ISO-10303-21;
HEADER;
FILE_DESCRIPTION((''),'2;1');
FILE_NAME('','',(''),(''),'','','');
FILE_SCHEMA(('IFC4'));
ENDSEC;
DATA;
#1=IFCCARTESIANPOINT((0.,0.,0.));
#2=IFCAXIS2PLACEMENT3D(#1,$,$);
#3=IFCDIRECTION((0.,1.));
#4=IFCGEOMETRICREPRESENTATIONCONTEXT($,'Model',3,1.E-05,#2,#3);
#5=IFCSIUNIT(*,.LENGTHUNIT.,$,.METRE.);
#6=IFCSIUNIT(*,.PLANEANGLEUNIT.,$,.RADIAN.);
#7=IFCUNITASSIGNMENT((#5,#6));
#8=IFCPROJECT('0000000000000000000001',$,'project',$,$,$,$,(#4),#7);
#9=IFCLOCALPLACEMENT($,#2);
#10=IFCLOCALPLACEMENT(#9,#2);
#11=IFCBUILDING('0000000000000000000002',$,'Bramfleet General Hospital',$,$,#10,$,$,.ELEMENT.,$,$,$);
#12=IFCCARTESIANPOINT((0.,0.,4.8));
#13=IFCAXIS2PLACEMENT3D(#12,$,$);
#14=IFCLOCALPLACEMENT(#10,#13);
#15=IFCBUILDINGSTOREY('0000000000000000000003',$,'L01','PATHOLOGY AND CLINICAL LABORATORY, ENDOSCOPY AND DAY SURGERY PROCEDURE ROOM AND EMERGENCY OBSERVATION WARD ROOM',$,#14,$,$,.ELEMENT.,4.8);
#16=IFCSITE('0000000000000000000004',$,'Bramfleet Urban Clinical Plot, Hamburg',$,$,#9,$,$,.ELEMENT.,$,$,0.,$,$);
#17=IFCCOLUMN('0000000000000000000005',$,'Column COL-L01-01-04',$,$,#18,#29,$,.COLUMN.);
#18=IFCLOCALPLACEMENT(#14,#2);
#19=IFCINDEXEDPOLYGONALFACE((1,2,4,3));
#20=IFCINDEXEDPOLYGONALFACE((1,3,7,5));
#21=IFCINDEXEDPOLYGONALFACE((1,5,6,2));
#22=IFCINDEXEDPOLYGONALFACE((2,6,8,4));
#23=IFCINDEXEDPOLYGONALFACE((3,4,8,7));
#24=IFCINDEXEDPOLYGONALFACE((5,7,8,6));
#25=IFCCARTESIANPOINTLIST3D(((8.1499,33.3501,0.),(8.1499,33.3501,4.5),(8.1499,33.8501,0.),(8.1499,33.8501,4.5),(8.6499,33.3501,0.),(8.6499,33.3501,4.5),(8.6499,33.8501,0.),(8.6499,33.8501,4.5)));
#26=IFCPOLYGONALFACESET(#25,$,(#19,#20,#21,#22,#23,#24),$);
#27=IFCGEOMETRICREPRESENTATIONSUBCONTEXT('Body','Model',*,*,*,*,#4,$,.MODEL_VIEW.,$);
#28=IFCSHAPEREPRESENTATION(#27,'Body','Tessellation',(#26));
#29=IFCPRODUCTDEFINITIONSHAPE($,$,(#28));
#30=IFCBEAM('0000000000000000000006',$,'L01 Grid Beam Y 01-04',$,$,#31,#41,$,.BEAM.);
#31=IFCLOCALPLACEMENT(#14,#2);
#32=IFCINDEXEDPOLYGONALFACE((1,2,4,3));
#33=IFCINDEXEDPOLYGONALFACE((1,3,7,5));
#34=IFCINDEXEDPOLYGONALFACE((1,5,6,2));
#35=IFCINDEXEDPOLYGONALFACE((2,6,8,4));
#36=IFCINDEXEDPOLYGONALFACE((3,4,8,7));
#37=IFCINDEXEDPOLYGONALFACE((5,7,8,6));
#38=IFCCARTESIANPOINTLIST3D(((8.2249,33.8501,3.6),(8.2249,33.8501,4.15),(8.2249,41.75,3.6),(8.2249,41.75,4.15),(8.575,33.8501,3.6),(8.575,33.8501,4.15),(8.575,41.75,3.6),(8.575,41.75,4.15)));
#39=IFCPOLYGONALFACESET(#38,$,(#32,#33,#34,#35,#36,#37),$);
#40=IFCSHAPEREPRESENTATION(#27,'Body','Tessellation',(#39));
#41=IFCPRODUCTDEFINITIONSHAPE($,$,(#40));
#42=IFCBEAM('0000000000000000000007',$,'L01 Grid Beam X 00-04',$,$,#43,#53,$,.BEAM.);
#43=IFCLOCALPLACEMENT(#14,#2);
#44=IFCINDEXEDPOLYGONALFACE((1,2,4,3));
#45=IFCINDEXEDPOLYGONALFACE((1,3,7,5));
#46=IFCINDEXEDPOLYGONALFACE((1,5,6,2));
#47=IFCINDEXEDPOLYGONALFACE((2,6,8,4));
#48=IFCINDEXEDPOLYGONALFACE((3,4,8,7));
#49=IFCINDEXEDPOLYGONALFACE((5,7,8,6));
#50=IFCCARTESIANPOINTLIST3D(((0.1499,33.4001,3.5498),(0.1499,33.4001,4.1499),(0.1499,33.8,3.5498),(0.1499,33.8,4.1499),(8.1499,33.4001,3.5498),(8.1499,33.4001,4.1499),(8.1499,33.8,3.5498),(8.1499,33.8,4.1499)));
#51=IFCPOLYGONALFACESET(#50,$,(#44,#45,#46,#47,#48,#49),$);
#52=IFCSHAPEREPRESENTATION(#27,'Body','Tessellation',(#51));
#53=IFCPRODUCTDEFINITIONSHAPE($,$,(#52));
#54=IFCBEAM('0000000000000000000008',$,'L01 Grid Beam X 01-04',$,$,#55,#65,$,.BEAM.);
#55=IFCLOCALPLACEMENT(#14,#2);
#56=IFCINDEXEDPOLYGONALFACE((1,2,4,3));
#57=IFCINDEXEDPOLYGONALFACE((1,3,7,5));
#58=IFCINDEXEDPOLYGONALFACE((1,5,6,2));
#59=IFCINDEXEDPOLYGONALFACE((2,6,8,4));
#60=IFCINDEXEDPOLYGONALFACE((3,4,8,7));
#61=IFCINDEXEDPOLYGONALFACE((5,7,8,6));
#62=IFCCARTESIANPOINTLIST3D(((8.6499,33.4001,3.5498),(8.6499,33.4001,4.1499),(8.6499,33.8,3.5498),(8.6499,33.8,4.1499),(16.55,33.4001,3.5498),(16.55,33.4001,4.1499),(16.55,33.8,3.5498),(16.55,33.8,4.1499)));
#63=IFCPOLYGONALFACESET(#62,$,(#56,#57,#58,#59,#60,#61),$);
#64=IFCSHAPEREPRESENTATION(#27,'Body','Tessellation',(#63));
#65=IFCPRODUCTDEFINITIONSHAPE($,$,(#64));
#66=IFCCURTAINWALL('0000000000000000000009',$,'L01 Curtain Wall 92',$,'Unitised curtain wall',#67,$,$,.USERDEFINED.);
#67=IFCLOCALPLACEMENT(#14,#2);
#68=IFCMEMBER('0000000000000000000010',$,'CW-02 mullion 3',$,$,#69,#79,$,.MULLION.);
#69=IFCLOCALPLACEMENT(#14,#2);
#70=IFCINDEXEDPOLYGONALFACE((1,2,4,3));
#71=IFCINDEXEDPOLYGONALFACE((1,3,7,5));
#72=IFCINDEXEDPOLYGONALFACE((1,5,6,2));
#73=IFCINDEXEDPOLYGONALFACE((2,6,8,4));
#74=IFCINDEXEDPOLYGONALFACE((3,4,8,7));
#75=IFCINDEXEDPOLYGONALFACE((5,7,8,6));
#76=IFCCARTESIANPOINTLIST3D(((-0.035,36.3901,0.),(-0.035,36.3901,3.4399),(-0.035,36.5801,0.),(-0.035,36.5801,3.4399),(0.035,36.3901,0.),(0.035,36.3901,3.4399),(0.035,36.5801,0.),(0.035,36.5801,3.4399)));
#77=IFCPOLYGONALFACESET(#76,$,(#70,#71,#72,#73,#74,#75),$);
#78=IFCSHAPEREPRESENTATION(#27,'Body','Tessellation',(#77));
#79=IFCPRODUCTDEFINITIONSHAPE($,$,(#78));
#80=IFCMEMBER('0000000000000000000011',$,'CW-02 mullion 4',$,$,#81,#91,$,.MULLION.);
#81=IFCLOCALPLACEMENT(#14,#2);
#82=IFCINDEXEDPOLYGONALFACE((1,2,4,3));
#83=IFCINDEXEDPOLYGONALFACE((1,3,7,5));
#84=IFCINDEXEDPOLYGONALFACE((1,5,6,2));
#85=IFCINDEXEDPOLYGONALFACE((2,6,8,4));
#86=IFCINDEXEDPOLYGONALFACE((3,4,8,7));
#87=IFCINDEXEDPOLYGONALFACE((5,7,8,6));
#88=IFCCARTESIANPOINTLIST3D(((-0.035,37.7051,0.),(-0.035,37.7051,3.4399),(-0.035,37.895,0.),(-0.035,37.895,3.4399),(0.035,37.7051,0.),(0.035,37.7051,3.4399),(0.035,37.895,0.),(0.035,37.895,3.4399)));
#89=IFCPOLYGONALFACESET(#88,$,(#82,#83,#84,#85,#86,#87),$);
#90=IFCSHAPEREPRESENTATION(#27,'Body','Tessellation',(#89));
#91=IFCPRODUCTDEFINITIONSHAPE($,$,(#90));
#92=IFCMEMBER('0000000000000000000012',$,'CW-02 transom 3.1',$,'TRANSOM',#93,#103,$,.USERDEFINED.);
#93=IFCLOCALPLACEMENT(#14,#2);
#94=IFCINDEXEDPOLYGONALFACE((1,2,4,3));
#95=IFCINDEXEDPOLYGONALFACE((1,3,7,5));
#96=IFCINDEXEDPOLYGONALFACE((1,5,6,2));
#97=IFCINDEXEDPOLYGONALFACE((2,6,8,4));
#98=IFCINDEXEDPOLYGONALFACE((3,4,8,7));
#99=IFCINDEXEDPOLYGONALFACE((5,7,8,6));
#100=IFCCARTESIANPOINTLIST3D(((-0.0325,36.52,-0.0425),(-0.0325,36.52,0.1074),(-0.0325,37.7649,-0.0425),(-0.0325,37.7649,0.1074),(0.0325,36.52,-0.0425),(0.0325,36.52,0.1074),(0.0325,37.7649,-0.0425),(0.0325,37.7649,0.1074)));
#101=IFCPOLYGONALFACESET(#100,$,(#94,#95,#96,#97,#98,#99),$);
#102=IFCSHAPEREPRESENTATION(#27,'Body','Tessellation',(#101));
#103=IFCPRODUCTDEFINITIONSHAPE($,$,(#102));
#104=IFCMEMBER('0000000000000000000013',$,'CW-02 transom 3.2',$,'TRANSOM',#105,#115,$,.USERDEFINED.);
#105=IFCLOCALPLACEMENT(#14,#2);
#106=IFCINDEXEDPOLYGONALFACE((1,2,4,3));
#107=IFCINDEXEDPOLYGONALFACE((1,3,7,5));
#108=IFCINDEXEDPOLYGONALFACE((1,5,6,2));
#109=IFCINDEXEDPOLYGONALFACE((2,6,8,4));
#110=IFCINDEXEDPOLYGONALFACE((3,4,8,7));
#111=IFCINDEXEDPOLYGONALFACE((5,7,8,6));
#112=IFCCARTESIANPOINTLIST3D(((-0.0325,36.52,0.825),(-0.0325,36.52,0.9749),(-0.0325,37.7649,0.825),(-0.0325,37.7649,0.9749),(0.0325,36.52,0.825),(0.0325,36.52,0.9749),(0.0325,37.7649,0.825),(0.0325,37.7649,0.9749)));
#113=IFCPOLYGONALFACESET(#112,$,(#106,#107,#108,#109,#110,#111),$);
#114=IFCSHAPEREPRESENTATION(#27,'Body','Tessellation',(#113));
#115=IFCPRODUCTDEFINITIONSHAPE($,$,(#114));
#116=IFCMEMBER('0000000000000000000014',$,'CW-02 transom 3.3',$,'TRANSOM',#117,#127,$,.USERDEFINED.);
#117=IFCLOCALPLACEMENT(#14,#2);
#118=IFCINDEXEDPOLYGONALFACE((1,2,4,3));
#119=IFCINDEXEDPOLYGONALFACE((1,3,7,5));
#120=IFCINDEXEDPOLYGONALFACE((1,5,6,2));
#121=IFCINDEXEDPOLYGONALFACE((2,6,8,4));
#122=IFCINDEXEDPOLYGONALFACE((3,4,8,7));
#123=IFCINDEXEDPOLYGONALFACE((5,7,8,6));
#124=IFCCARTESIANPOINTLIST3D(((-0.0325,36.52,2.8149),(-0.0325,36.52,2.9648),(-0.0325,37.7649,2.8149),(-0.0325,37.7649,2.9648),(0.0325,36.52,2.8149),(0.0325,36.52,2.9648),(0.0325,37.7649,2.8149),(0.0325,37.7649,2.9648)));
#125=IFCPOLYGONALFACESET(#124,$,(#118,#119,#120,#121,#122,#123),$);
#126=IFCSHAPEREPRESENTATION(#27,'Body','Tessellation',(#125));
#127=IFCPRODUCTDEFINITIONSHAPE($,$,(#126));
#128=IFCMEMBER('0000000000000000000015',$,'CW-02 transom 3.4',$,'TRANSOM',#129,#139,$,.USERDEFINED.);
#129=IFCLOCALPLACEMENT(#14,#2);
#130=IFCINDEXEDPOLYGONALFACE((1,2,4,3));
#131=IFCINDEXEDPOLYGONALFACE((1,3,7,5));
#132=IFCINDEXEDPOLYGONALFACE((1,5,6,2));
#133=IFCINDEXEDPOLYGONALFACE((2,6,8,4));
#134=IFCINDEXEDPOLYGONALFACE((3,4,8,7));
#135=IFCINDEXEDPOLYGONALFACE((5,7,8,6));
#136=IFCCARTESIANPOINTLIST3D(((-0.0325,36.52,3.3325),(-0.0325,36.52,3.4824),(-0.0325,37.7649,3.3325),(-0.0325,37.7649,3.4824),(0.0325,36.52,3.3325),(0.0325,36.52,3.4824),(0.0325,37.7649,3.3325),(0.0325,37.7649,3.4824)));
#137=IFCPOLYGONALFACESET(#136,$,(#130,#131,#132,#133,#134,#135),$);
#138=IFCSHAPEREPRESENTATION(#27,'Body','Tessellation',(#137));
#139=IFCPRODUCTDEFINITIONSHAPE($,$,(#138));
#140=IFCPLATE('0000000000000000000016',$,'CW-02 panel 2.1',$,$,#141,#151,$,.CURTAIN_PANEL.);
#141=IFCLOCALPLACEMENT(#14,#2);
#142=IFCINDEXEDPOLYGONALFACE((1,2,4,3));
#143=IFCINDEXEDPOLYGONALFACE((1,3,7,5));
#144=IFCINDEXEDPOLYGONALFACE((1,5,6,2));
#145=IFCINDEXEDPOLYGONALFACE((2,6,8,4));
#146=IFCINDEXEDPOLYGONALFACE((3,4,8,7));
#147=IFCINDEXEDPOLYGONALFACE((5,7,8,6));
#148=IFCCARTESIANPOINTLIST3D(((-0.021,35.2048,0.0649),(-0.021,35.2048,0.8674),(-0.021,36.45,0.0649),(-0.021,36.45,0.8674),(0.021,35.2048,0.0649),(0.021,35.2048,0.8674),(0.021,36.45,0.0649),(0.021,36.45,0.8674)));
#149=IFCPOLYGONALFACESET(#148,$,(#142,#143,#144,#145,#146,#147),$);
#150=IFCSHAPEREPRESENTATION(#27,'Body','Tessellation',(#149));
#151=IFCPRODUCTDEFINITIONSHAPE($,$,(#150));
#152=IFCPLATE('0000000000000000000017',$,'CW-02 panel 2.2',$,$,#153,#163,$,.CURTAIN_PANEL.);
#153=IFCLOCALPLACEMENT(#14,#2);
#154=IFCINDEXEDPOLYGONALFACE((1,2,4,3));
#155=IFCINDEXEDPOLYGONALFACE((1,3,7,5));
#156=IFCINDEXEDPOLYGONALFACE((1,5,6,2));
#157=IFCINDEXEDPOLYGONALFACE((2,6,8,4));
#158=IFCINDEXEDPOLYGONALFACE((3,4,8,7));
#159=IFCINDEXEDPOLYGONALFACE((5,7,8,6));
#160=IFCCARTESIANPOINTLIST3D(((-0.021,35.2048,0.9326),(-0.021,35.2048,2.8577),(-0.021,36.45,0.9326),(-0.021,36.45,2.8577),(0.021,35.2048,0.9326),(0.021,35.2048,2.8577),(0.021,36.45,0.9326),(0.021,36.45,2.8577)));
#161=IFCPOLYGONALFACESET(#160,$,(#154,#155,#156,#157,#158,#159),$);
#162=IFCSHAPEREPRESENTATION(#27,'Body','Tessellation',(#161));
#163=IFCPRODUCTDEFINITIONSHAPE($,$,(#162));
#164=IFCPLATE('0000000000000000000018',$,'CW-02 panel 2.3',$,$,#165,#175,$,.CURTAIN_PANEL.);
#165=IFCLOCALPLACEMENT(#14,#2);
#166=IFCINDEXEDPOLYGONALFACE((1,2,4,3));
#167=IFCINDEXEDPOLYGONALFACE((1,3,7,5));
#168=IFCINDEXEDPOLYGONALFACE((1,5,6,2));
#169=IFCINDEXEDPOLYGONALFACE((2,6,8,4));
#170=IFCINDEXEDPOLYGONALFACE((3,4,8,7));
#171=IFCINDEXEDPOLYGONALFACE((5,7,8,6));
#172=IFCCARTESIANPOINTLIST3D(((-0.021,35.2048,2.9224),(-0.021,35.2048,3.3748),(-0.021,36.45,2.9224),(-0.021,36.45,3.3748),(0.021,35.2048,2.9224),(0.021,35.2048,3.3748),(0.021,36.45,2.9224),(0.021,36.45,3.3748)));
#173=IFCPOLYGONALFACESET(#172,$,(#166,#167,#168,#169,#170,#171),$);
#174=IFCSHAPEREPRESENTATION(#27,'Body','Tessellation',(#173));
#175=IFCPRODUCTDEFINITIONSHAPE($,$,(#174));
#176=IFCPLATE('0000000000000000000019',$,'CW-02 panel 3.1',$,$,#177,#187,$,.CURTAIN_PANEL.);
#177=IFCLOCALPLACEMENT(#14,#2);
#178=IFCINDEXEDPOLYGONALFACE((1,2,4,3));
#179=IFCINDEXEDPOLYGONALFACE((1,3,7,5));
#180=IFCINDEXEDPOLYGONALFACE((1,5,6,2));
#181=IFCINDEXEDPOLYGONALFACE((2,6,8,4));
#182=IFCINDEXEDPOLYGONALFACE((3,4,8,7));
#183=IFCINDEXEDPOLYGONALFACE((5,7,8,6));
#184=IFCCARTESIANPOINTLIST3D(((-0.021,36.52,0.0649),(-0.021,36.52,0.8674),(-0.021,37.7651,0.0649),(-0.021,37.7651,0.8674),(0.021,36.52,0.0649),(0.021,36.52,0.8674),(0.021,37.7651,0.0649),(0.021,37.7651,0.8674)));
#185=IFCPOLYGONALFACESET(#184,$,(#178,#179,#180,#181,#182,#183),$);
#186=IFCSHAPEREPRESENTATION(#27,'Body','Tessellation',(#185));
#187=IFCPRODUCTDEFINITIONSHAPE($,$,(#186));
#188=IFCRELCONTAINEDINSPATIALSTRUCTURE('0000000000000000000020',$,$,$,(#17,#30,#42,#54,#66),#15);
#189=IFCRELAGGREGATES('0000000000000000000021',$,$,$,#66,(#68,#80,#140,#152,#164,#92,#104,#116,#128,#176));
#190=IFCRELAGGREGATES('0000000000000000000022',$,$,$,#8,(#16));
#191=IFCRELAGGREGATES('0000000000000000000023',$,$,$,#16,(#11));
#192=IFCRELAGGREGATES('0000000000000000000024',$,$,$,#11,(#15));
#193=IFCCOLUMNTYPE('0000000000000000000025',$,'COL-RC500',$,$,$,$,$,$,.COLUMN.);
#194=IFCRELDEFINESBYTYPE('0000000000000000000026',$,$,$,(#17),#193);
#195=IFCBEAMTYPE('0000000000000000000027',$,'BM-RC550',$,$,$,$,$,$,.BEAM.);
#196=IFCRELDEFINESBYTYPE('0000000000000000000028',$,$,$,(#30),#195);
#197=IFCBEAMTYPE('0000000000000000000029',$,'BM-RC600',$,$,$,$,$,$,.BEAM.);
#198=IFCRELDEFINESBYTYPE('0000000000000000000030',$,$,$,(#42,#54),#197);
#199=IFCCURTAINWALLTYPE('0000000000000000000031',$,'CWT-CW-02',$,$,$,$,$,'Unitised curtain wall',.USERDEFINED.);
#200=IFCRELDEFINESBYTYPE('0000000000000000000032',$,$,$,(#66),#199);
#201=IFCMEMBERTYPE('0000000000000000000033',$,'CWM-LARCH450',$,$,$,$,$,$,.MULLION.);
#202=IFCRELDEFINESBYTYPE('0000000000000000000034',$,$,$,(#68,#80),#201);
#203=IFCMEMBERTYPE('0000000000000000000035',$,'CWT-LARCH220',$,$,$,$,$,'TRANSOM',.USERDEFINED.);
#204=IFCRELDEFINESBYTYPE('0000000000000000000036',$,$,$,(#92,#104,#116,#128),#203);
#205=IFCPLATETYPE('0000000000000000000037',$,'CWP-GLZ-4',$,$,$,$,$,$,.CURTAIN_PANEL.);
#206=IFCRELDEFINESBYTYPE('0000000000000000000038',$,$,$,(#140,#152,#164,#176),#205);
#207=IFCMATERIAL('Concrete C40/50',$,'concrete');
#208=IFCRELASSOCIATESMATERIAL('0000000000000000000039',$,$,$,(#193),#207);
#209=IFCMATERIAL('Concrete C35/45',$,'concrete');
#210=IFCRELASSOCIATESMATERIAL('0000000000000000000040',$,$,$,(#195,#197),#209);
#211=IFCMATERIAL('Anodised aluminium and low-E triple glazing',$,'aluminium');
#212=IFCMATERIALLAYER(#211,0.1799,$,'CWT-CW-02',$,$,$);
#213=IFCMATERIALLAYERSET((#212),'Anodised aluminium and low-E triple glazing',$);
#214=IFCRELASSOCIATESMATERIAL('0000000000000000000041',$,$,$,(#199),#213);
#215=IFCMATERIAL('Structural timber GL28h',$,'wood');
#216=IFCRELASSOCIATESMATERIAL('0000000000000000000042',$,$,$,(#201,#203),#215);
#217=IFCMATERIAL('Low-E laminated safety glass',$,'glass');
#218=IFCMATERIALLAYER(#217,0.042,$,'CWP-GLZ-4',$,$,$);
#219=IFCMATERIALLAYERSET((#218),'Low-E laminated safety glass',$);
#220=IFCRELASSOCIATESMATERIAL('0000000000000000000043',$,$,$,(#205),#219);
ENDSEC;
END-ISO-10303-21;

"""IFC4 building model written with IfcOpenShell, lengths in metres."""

from ifc_helpers import new_model, si_unit, direction, frame, origin, origin_2d, place, context, subcontext, project, spatial, rectangle, extrude, material, layer, layer_set, material_profile, profile_set, type_object, element, aggregate, save


model = new_model("IFC4")

# Units and contexts
model_context = context("Model", 3, precision=1e-05, world=origin(), true_north=direction((0.0, 1.0)))
body_context = subcontext(model_context, "Body", "Model", "MODEL_VIEW")
ifc_project = project(units=[si_unit("LENGTHUNIT", "METRE"), si_unit("PLANEANGLEUNIT", "RADIAN")], contexts=[model_context])

# Site, building, storey
site_placement = place(None, origin())
site = spatial("IfcSite", under=ifc_project, at=site_placement, Name="Bramfleet Urban Clinical Plot, Hamburg", CompositionType="ELEMENT", RefElevation=0.0)
building_placement = place(site_placement, origin())
building = spatial("IfcBuilding", under=site, at=building_placement, Name="Bramfleet General Hospital", CompositionType="ELEMENT")
storey_placement = place(building_placement, frame((0.0, 0.0, 4.8)))
storey = spatial("IfcBuildingStorey", under=building, at=storey_placement, Name="L01", Description="PATHOLOGY AND CLINICAL LABORATORY, ENDOSCOPY AND DAY SURGERY PROCEDURE ROOM AND EMERGENCY OBSERVATION WARD ROOM", CompositionType="ELEMENT", Elevation=4.8)

# Column
ifc_material_1 = material(Name="Concrete C40/50", Category="concrete")
ifc_material_profile_1 = material_profile(ifc_material_1, rectangle(XDim=0.5, YDim=0.5, at=origin_2d()), Name="RC COL 500x500")
ifc_profile_set_1 = profile_set([ifc_material_profile_1], Name="Concrete C40/50")
column_type = type_object("IfcColumnType", Name="COL-RC500", PredefinedType="COLUMN", material=ifc_profile_set_1)
column_placement = place(storey_placement, frame((8.3999, 33.6001, 0.0), z_axis=(0.0, 0.0, 1.0), x_axis=(1.0, 0.0, 0.0)))
element("IfcColumn", 1, at=column_placement, inside=storey, type_object=column_type, Name="Column COL-L01-01-04", PredefinedType="COLUMN", context=body_context, shape_type="SweptSolid", body=[
    extrude(rectangle(XDim=0.5, YDim=0.5, at=origin_2d()), origin(), (0.0, 0.0, 1.0), 4.5),
])

# Beams
ifc_material_2 = material(Name="Concrete C35/45", Category="concrete")
ifc_material_profile_2 = material_profile(ifc_material_2, rectangle(XDim=0.3501, YDim=0.55, at=origin_2d()), Name="RC BM 550x350")
ifc_profile_set_2 = profile_set([ifc_material_profile_2], Name="Concrete C35/45")
beam_type_1 = type_object("IfcBeamType", Name="BM-RC550", PredefinedType="BEAM", material=ifc_profile_set_2)
beam_1_placement = place(storey_placement, frame((8.3999, 33.8501, 3.875), z_axis=(0.0, 1.0, 0.0), x_axis=(-1.0, 0.0, 0.0)))
element("IfcBeam", 2, at=beam_1_placement, inside=storey, type_object=beam_type_1, Name="L01 Grid Beam Y 01-04", PredefinedType="BEAM", context=body_context, shape_type="SweptSolid", body=[
    extrude(rectangle(XDim=0.3501, YDim=0.55, at=origin_2d()), origin(), (0.0, 0.0, 1.0), 7.8999),
])
ifc_material_profile_3 = material_profile(ifc_material_2, rectangle(XDim=0.3999, YDim=0.6001, at=origin_2d()), Name="RC BM 600x400")
ifc_profile_set_3 = profile_set([ifc_material_profile_3], Name="Concrete C35/45")
beam_type_2 = type_object("IfcBeamType", Name="BM-RC600", PredefinedType="BEAM", material=ifc_profile_set_3)
beam_2_placement = place(storey_placement, frame((0.1499, 33.6001, 3.8499), z_axis=(1.0, 0.0, 0.0), x_axis=(0.0, 1.0, 0.0)))
element("IfcBeam", 3, at=beam_2_placement, inside=storey, type_object=beam_type_2, Name="L01 Grid Beam X 00-04", PredefinedType="BEAM", context=body_context, shape_type="SweptSolid", body=[
    extrude(rectangle(XDim=0.3999, YDim=0.6001, at=origin_2d()), origin(), (0.0, 0.0, 1.0), 8.0),
])
beam_3_placement = place(storey_placement, frame((8.6499, 33.6001, 3.8499), z_axis=(1.0, 0.0, 0.0), x_axis=(0.0, 1.0, 0.0)))
element("IfcBeam", 4, at=beam_3_placement, inside=storey, type_object=beam_type_2, Name="L01 Grid Beam X 01-04", PredefinedType="BEAM", context=body_context, shape_type="SweptSolid", body=[
    extrude(rectangle(XDim=0.3999, YDim=0.6001, at=origin_2d()), origin(), (0.0, 0.0, 1.0), 7.9001),
])

# Curtain wall, members, plates
ifc_material_3 = material(Name="Anodised aluminium and low-E triple glazing", Category="aluminium")
ifc_layer_1 = layer(ifc_material_3, 0.1799, Name="CWT-CW-02")
ifc_layer_set_1 = layer_set([ifc_layer_1], Name="Anodised aluminium and low-E triple glazing")
curtain_wall_type = type_object("IfcCurtainWallType", Name="CWT-CW-02", ElementType="Unitised curtain wall", PredefinedType="USERDEFINED", material=ifc_layer_set_1)
curtain_wall_placement = place(storey_placement, origin())
curtain_wall = element("IfcCurtainWall", 5, at=curtain_wall_placement, inside=storey, type_object=curtain_wall_type, Name="L01 Curtain Wall 92", ObjectType="Unitised curtain wall", PredefinedType="USERDEFINED")
ifc_material_4 = material(Name="Structural timber GL28h", Category="wood")
ifc_material_profile_4 = material_profile(ifc_material_4, rectangle(XDim=0.0701, YDim=0.1899, at=origin_2d()), Name="LARCH 190x70")
ifc_profile_set_4 = profile_set([ifc_material_profile_4], Name="Structural timber GL28h")
member_type_1 = type_object("IfcMemberType", Name="CWM-LARCH450", PredefinedType="MULLION", material=ifc_profile_set_4)
member_1_placement = place(storey_placement, frame((0.0, 36.4851, 0.0), z_axis=(0.0, 0.0, 1.0), x_axis=(-1.0, 0.0, 0.0)))
member_1 = element("IfcMember", 6, at=member_1_placement, type_object=member_type_1, Name="CW-02 mullion 3", PredefinedType="MULLION", context=body_context, shape_type="SweptSolid", body=[
    extrude(rectangle(XDim=0.0701, YDim=0.1899, at=origin_2d()), origin(), (0.0, 0.0, 1.0), 3.4399),
])
member_2_placement = place(storey_placement, frame((0.0, 37.8, 0.0), z_axis=(0.0, 0.0, 1.0), x_axis=(-1.0, 0.0, 0.0)))
member_2 = element("IfcMember", 7, at=member_2_placement, type_object=member_type_1, Name="CW-02 mullion 4", PredefinedType="MULLION", context=body_context, shape_type="SweptSolid", body=[
    extrude(rectangle(XDim=0.0701, YDim=0.1899, at=origin_2d()), origin(), (0.0, 0.0, 1.0), 3.4399),
])
ifc_material_profile_5 = material_profile(ifc_material_4, rectangle(XDim=0.0649, YDim=0.1499, at=origin_2d()), Name="LARCH 150x65")
ifc_profile_set_5 = profile_set([ifc_material_profile_5], Name="Structural timber GL28h")
member_type_2 = type_object("IfcMemberType", Name="CWT-LARCH220", ElementType="TRANSOM", PredefinedType="USERDEFINED", material=ifc_profile_set_5)
member_3_placement = place(storey_placement, frame((0.0, 36.52, 0.0325), z_axis=(0.0, 1.0, 0.0), x_axis=(-1.0, 0.0, 0.0)))
member_3 = element("IfcMember", 8, at=member_3_placement, type_object=member_type_2, Name="CW-02 transom 3.1", ObjectType="TRANSOM", PredefinedType="USERDEFINED", context=body_context, shape_type="SweptSolid", body=[
    extrude(rectangle(XDim=0.0649, YDim=0.1499, at=origin_2d()), origin(), (0.0, 0.0, 1.0), 1.2449),
])
member_4_placement = place(storey_placement, frame((0.0, 36.52, 0.8999), z_axis=(0.0, 1.0, 0.0), x_axis=(-1.0, 0.0, 0.0)))
member_4 = element("IfcMember", 9, at=member_4_placement, type_object=member_type_2, Name="CW-02 transom 3.2", ObjectType="TRANSOM", PredefinedType="USERDEFINED", context=body_context, shape_type="SweptSolid", body=[
    extrude(rectangle(XDim=0.0649, YDim=0.1499, at=origin_2d()), origin(), (0.0, 0.0, 1.0), 1.2449),
])
member_5_placement = place(storey_placement, frame((0.0, 36.52, 2.8899), z_axis=(0.0, 1.0, 0.0), x_axis=(-1.0, 0.0, 0.0)))
member_5 = element("IfcMember", 10, at=member_5_placement, type_object=member_type_2, Name="CW-02 transom 3.3", ObjectType="TRANSOM", PredefinedType="USERDEFINED", context=body_context, shape_type="SweptSolid", body=[
    extrude(rectangle(XDim=0.0649, YDim=0.1499, at=origin_2d()), origin(), (0.0, 0.0, 1.0), 1.2449),
])
member_6_placement = place(storey_placement, frame((0.0, 36.52, 3.4075), z_axis=(0.0, 1.0, 0.0), x_axis=(-1.0, 0.0, 0.0)))
member_6 = element("IfcMember", 11, at=member_6_placement, type_object=member_type_2, Name="CW-02 transom 3.4", ObjectType="TRANSOM", PredefinedType="USERDEFINED", context=body_context, shape_type="SweptSolid", body=[
    extrude(rectangle(XDim=0.0649, YDim=0.1499, at=origin_2d()), origin(), (0.0, 0.0, 1.0), 1.2449),
])
ifc_material_5 = material(Name="Low-E laminated safety glass", Category="glass")
ifc_layer_2 = layer(ifc_material_5, 0.042, Name="CWP-GLZ-4")
ifc_layer_set_2 = layer_set([ifc_layer_2], Name="Low-E laminated safety glass")
plate_type = type_object("IfcPlateType", Name="CWP-GLZ-4", PredefinedType="CURTAIN_PANEL", material=ifc_layer_set_2)
plate_1_placement = place(storey_placement, frame((0.0, 35.8274, 0.0649), z_axis=(0.0, 0.0, 1.0), x_axis=(0.0, 1.0, 0.0)))
plate_1 = element("IfcPlate", 12, at=plate_1_placement, type_object=plate_type, Name="CW-02 panel 2.1", PredefinedType="CURTAIN_PANEL", context=body_context, shape_type="SweptSolid", body=[
    extrude(rectangle(XDim=1.2451, YDim=0.042, at=origin_2d()), origin(), (0.0, 0.0, 1.0), 0.8025),
])
plate_2_placement = place(storey_placement, frame((0.0, 35.8274, 0.9326), z_axis=(0.0, 0.0, 1.0), x_axis=(0.0, 1.0, 0.0)))
plate_2 = element("IfcPlate", 13, at=plate_2_placement, type_object=plate_type, Name="CW-02 panel 2.2", PredefinedType="CURTAIN_PANEL", context=body_context, shape_type="SweptSolid", body=[
    extrude(rectangle(XDim=1.2451, YDim=0.042, at=origin_2d()), origin(), (0.0, 0.0, 1.0), 1.925),
])
plate_3_placement = place(storey_placement, frame((0.0, 35.8274, 2.9224), z_axis=(0.0, 0.0, 1.0), x_axis=(0.0, 1.0, 0.0)))
plate_3 = element("IfcPlate", 14, at=plate_3_placement, type_object=plate_type, Name="CW-02 panel 2.3", PredefinedType="CURTAIN_PANEL", context=body_context, shape_type="SweptSolid", body=[
    extrude(rectangle(XDim=1.2451, YDim=0.042, at=origin_2d()), origin(), (0.0, 0.0, 1.0), 0.4524),
])
plate_4_placement = place(storey_placement, frame((0.0, 37.1426, 0.0649), z_axis=(0.0, 0.0, 1.0), x_axis=(0.0, 1.0, 0.0)))
plate_4 = element("IfcPlate", 15, at=plate_4_placement, type_object=plate_type, Name="CW-02 panel 3.1", PredefinedType="CURTAIN_PANEL", context=body_context, shape_type="SweptSolid", body=[
    extrude(rectangle(XDim=1.2451, YDim=0.042, at=origin_2d()), origin(), (0.0, 0.0, 1.0), 0.8025),
])
aggregate(curtain_wall, [member_1, member_2, plate_1, plate_2, plate_3, member_3, member_4, member_5, member_6, plate_4])

save(model, "model.ifc")
